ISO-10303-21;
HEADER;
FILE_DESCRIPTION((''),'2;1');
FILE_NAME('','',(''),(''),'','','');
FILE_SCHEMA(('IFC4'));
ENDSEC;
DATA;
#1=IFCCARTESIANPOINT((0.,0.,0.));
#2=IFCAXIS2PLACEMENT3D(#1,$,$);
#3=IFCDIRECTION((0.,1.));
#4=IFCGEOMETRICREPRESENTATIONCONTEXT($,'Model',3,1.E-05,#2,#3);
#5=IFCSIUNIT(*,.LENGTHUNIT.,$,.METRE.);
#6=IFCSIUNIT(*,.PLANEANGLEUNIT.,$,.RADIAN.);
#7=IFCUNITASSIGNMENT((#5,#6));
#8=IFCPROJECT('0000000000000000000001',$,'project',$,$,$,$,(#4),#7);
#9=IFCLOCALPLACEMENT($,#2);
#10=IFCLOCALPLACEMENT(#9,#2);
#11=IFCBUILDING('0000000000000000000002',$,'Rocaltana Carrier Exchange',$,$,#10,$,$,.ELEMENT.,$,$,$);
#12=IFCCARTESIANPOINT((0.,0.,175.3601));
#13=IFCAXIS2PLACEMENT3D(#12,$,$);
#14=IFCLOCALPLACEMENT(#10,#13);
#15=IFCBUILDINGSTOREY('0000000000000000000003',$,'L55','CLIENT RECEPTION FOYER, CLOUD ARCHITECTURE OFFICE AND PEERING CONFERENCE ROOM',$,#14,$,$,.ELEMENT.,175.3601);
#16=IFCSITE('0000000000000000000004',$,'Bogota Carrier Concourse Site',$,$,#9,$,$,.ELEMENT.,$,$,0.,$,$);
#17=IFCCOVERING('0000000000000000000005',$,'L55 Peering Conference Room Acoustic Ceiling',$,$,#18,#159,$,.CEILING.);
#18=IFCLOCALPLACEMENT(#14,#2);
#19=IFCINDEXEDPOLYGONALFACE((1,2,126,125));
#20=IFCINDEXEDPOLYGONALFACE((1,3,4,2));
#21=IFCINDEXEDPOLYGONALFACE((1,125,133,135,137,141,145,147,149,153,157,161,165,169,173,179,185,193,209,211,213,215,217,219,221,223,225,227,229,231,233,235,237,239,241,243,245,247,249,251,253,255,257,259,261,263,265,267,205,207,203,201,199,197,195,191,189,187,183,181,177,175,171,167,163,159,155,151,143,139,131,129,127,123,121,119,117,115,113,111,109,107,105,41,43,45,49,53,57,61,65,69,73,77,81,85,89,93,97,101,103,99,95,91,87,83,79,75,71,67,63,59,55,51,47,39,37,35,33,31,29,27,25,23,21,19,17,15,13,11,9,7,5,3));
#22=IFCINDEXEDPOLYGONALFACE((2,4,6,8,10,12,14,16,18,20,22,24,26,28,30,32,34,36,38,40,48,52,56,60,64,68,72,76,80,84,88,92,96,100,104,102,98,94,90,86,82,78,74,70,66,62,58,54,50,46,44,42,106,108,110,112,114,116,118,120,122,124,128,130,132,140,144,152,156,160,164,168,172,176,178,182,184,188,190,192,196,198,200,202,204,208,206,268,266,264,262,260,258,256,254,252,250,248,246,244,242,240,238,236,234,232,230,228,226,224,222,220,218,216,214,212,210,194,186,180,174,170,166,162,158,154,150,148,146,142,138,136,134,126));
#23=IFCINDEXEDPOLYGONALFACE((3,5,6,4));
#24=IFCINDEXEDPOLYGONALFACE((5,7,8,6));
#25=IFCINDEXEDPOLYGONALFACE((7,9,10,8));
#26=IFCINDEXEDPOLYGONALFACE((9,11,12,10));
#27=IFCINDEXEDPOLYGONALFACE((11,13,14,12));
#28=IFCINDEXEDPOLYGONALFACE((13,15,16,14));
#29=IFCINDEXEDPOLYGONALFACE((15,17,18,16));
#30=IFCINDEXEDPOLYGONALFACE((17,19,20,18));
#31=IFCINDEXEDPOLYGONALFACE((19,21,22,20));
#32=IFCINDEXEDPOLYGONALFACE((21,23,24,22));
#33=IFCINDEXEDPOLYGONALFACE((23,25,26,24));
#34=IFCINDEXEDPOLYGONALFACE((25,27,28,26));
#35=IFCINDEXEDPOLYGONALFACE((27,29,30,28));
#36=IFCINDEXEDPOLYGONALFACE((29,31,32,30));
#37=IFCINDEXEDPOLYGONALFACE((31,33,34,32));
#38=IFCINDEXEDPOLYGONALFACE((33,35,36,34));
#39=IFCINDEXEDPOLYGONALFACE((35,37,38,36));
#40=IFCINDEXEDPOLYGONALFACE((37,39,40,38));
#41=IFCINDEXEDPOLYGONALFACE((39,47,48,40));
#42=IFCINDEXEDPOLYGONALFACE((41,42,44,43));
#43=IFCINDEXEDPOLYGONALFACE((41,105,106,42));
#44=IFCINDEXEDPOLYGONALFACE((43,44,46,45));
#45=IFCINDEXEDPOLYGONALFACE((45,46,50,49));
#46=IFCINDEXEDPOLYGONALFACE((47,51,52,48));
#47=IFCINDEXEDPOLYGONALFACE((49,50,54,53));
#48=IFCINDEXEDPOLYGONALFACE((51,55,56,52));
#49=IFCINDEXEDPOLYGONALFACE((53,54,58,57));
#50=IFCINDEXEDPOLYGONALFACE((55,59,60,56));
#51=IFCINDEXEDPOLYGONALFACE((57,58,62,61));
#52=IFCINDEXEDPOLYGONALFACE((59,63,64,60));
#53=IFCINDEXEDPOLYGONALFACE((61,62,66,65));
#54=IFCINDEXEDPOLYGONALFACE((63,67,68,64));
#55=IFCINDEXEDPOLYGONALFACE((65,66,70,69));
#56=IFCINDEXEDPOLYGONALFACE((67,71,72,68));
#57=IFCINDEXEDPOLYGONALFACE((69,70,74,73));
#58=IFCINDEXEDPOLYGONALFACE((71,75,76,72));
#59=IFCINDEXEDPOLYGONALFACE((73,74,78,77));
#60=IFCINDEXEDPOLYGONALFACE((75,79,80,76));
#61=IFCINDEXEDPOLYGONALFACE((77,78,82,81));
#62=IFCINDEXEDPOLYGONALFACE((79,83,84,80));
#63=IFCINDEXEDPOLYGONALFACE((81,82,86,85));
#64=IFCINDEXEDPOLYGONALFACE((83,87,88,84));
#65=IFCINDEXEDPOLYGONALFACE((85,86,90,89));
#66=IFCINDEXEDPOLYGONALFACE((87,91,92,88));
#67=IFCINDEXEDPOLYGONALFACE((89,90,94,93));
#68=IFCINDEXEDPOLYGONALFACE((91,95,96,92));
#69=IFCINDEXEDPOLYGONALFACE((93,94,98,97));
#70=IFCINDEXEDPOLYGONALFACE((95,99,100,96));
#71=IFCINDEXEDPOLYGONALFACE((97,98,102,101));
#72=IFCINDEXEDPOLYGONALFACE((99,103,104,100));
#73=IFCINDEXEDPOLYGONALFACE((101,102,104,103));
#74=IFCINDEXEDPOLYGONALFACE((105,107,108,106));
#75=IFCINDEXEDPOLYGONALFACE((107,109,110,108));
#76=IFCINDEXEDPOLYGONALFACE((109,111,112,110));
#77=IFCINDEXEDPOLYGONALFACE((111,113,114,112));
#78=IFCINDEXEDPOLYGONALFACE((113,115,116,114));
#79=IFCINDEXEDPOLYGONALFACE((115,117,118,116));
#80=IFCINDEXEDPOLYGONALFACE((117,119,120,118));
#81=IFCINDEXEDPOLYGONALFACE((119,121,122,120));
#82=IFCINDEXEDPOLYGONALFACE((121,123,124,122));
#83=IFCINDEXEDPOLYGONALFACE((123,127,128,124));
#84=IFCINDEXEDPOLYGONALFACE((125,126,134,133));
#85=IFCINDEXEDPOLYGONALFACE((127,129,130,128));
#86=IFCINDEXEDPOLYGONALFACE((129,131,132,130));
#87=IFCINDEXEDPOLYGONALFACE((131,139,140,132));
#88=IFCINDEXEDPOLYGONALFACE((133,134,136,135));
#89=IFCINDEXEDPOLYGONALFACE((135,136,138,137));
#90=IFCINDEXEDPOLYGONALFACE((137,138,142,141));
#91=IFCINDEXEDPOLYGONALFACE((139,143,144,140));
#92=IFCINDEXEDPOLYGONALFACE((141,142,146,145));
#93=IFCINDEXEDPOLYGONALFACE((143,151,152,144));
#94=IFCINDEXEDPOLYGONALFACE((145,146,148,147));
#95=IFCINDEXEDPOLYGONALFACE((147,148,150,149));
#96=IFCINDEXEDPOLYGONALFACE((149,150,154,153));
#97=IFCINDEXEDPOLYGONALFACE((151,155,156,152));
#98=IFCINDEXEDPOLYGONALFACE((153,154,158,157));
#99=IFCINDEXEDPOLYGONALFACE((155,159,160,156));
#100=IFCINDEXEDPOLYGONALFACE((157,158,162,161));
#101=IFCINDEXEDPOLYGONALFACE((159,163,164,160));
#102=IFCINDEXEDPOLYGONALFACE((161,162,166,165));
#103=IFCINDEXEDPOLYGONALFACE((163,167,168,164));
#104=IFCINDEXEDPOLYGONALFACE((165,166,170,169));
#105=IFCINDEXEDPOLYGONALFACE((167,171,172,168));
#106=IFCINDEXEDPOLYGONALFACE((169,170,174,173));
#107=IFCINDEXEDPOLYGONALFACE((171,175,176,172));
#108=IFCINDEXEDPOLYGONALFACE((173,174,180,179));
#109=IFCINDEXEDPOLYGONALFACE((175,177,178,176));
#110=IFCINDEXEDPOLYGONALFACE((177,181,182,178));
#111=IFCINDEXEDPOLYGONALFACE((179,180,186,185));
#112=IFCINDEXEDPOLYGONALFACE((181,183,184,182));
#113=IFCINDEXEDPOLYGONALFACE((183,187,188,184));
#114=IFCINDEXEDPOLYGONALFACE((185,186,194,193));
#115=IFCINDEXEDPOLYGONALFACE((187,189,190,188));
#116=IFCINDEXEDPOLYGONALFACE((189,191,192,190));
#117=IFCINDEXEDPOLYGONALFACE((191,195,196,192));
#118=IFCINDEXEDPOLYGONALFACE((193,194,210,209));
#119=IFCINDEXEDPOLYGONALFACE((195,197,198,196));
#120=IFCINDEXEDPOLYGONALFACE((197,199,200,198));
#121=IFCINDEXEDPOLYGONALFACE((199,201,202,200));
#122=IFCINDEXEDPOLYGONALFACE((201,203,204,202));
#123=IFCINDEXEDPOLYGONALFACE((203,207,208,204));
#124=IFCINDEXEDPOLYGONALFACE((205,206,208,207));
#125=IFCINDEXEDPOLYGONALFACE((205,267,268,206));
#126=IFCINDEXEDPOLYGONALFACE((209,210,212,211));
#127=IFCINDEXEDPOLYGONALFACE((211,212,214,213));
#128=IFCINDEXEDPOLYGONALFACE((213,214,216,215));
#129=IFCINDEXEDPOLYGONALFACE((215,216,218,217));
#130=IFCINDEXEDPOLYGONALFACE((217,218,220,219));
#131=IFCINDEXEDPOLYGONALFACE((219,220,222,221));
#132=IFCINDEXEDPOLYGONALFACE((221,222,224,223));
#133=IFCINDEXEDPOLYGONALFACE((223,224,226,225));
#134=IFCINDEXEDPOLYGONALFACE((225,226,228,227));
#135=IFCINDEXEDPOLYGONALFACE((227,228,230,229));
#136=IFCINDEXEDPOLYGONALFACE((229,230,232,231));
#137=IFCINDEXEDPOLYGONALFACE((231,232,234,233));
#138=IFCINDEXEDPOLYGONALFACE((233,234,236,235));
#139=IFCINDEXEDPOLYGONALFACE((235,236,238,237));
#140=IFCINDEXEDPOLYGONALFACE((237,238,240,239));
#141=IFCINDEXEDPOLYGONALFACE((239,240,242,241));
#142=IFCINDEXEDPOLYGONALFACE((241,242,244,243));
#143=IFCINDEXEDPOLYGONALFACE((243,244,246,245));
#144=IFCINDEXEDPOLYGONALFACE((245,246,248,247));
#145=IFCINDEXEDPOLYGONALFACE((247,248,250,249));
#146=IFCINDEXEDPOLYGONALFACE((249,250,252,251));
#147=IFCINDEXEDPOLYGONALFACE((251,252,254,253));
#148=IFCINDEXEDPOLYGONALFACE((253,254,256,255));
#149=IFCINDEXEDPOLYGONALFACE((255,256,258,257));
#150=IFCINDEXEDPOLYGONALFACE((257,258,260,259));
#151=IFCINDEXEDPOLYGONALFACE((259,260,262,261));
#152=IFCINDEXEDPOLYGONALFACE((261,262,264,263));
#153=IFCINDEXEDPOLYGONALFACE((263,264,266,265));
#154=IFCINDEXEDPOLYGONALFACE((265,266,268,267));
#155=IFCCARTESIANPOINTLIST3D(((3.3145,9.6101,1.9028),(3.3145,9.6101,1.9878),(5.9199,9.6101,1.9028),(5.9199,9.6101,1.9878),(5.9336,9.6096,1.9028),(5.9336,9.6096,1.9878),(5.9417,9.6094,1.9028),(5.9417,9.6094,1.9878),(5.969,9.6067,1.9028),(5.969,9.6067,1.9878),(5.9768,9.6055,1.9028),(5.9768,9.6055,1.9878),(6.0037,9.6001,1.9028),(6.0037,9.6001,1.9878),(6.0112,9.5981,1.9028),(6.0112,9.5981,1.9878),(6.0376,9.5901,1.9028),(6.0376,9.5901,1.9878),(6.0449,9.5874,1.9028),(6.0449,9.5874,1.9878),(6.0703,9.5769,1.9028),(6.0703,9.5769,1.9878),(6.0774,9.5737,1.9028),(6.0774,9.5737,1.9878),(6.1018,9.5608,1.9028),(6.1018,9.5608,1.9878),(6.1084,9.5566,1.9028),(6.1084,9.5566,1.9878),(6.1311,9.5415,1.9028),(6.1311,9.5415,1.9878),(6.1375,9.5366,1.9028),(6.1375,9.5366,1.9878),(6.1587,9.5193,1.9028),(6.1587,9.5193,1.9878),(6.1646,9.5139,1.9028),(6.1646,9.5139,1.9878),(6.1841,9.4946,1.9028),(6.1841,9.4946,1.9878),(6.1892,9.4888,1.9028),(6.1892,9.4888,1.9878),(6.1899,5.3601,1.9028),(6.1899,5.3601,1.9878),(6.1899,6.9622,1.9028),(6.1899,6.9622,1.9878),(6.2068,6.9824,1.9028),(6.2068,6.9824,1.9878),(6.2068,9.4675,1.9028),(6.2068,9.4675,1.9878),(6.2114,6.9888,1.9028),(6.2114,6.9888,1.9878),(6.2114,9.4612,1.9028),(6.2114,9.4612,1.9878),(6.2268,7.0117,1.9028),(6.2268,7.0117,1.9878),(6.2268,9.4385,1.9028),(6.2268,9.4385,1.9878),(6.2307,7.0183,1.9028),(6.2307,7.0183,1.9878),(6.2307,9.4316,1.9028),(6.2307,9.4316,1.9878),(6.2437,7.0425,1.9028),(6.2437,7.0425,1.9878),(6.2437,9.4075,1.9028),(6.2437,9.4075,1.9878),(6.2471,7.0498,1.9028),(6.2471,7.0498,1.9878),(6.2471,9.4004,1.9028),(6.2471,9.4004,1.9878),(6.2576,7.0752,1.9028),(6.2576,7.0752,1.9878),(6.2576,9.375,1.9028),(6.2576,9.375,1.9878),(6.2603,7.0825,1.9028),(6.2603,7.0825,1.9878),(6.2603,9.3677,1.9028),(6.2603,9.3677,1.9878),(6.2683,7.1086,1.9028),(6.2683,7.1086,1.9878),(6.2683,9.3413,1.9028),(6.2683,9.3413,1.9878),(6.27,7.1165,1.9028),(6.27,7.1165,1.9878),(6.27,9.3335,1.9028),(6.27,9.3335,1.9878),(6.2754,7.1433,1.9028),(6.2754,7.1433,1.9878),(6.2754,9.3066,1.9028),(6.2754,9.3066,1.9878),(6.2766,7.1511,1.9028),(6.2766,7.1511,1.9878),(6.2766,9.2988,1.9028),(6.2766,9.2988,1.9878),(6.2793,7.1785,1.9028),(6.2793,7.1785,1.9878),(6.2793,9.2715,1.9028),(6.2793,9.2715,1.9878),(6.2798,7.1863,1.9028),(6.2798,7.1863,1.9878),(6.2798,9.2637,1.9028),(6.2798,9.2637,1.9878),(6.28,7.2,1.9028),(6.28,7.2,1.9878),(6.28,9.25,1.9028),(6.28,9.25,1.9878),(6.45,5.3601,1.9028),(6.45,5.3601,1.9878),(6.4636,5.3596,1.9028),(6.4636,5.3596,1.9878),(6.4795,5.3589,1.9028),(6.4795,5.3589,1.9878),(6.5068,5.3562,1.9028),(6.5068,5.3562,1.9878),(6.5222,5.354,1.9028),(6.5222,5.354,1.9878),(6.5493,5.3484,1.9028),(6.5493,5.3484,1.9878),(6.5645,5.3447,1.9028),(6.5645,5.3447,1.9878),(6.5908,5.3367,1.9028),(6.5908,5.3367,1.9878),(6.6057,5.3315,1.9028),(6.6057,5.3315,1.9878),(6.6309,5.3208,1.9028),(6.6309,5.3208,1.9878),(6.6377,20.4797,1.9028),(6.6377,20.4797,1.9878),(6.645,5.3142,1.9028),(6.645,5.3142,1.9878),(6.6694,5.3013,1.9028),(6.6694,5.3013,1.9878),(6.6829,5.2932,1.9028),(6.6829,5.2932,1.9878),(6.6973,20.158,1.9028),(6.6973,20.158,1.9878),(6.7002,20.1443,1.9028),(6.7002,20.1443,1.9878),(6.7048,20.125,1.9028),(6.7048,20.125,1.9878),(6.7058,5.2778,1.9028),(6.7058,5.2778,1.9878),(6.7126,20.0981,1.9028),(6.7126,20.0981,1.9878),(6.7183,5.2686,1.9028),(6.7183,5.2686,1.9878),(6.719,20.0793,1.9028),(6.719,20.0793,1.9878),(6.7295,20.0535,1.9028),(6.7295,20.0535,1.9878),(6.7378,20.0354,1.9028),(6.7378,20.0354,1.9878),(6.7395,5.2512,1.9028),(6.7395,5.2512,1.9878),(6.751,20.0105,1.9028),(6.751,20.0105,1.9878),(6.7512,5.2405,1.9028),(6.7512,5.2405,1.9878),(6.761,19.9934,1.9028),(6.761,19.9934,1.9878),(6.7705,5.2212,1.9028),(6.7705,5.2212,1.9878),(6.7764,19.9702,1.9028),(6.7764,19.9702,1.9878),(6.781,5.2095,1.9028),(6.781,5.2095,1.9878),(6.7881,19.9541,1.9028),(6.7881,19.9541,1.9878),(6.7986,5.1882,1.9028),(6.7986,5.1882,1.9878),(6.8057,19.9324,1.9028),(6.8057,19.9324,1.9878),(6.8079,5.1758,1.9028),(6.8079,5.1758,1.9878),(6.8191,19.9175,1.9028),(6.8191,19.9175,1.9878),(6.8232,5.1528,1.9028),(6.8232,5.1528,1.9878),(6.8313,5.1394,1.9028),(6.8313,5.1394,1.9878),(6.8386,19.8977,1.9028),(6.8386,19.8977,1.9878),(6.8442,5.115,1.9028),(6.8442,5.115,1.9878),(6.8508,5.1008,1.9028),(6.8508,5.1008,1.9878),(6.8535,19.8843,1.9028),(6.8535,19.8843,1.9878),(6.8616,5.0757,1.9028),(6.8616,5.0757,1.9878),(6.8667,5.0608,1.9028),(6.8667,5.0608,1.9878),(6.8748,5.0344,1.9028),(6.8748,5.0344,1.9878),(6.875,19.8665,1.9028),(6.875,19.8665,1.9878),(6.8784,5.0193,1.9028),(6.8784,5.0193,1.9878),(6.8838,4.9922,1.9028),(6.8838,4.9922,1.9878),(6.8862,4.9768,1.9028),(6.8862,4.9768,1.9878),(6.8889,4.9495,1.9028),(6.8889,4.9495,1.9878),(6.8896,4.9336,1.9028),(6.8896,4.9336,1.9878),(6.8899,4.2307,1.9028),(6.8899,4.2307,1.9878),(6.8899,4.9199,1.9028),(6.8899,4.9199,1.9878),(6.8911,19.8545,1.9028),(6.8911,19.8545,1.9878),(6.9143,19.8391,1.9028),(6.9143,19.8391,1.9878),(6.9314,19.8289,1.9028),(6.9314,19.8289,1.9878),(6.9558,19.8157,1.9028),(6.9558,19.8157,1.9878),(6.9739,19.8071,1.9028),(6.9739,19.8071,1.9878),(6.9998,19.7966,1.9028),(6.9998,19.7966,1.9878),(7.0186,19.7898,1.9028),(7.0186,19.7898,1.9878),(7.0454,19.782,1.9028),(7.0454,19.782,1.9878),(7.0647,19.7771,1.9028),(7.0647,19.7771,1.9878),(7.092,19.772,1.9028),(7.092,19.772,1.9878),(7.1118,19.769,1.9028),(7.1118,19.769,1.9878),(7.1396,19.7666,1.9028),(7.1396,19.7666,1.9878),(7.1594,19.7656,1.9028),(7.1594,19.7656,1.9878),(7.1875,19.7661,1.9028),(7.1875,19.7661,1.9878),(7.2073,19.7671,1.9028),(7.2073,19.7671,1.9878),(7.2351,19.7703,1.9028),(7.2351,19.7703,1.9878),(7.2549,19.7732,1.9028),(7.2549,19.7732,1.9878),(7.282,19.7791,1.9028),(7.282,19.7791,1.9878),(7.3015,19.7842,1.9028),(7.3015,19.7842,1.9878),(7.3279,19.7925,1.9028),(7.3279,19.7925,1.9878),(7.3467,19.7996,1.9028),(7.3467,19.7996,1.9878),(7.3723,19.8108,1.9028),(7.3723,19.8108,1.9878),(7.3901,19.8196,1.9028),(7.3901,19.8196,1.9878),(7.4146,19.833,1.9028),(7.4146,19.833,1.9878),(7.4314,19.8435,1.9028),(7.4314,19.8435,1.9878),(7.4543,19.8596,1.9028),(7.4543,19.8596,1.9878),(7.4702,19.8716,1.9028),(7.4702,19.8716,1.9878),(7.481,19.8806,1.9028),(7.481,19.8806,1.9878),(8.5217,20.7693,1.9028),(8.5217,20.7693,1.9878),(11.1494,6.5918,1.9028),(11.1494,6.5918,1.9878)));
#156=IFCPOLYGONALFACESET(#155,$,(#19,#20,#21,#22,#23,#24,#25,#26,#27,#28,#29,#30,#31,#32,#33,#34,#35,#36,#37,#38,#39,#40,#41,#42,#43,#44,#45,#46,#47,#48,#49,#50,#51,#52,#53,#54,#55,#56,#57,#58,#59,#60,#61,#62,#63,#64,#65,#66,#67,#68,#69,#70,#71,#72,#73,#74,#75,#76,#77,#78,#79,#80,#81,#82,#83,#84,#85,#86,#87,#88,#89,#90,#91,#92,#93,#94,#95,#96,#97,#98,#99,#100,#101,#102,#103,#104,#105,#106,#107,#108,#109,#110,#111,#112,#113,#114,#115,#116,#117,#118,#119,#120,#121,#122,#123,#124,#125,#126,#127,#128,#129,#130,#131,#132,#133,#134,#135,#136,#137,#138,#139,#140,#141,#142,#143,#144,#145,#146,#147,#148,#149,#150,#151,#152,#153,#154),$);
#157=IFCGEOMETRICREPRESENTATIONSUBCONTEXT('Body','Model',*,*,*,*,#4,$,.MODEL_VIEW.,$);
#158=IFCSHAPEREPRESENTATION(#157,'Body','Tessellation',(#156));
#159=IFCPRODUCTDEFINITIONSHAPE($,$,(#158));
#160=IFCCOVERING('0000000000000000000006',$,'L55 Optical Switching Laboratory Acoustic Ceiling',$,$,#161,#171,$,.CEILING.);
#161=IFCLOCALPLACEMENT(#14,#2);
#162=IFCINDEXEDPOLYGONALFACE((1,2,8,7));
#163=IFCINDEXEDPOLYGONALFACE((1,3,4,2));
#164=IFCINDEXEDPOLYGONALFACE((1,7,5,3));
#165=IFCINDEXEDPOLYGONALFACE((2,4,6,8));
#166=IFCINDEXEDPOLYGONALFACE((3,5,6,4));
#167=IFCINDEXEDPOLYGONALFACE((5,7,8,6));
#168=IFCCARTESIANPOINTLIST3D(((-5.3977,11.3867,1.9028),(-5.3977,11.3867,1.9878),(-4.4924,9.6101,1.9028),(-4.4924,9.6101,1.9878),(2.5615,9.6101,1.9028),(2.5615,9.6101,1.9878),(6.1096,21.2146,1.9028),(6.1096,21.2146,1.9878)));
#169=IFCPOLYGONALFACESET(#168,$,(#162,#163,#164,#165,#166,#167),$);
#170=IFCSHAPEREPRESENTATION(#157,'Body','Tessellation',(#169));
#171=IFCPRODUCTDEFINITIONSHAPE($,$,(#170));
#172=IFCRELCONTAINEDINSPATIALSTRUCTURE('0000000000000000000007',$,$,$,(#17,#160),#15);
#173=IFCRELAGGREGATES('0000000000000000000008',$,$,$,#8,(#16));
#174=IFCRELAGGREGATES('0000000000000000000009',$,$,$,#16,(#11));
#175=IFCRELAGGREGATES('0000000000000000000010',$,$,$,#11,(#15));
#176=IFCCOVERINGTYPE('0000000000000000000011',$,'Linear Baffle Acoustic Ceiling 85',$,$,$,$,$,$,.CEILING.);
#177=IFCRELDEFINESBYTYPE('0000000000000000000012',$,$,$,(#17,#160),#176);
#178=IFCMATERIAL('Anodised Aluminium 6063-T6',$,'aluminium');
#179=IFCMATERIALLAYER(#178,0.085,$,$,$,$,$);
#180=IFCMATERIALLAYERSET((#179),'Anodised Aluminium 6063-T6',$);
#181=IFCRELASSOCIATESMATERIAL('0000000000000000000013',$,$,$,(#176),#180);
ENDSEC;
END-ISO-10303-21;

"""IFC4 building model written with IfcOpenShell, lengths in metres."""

from ifc_helpers import new_model, si_unit, direction, frame, origin, place, context, subcontext, project, spatial, polyline, outline, extrude, material, layer, layer_set, type_object, element, save


model = new_model("IFC4")

# Units and contexts
model_context = context("Model", 3, precision=1e-05, world=origin(), true_north=direction((0.0, 1.0)))
body_context = subcontext(model_context, "Body", "Model", "MODEL_VIEW")
ifc_project = project(units=[si_unit("LENGTHUNIT", "METRE"), si_unit("PLANEANGLEUNIT", "RADIAN")], contexts=[model_context])

# Site, building, storey
site_placement = place(None, origin())
site = spatial("IfcSite", under=ifc_project, at=site_placement, Name="Bogota Carrier Concourse Site", CompositionType="ELEMENT", RefElevation=0.0)
building_placement = place(site_placement, origin())
building = spatial("IfcBuilding", under=site, at=building_placement, Name="Rocaltana Carrier Exchange", CompositionType="ELEMENT")
storey_placement = place(building_placement, frame((0.0, 0.0, 175.3601)))
storey = spatial("IfcBuildingStorey", under=building, at=storey_placement, Name="L55", Description="CLIENT RECEPTION FOYER, CLOUD ARCHITECTURE OFFICE AND PEERING CONFERENCE ROOM", CompositionType="ELEMENT", Elevation=175.3601)

# Coverings
ifc_material_1 = material(Name="Anodised Aluminium 6063-T6", Category="aluminium")
ifc_layer_1 = layer(ifc_material_1, 0.085)
ifc_layer_set_1 = layer_set([ifc_layer_1], Name="Anodised Aluminium 6063-T6")
covering_type_1 = type_object("IfcCoveringType", Name="Linear Baffle Acoustic Ceiling 85", PredefinedType="CEILING", material=ifc_layer_set_1)
covering_1_placement = place(storey_placement, frame((0.0, 0.0, 1.9028)))
element("IfcCovering", 1, at=covering_1_placement, inside=storey, type_object=covering_type_1, Name="L55 Peering Conference Room Acoustic Ceiling", PredefinedType="CEILING", context=body_context, shape_type="SweptSolid", body=[
    extrude(outline(polyline([(6.1899, 6.9622), (6.2068, 6.9824), (6.2114, 6.9888), (6.2268, 7.0117), (6.2307, 7.0183), (6.2437, 7.0425), (6.2471, 7.0498), (6.2576, 7.0752), (6.2603, 7.0825), (6.2683, 7.1086), (6.27, 7.1165), (6.2754, 7.1433), (6.2766, 7.1511), (6.2793, 7.1785), (6.2798, 7.1863), (6.28, 7.2), (6.28, 9.25), (6.2798, 9.2637), (6.2793, 9.2715), (6.2766, 9.2988), (6.2754, 9.3066), (6.27, 9.3335), (6.2683, 9.3413), (6.2603, 9.3677), (6.2576, 9.375), (6.2471, 9.4004), (6.2437, 9.4075), (6.2307, 9.4316), (6.2268, 9.4385), (6.2114, 9.4612), (6.2068, 9.4675), (6.1892, 9.4888), (6.1841, 9.4946), (6.1646, 9.5139), (6.1587, 9.5193), (6.1375, 9.5366), (6.1311, 9.5415), (6.1084, 9.5566), (6.1018, 9.5608), (6.0774, 9.5737), (6.0703, 9.5769), (6.0449, 9.5874), (6.0376, 9.5901), (6.0112, 9.5981), (6.0037, 9.6001), (5.9768, 9.6055), (5.969, 9.6067), (5.9417, 9.6094), (5.9336, 9.6096), (5.9199, 9.6101), (3.3145, 9.6101), (6.6377, 20.4797), (6.6973, 20.158), (6.7002, 20.1443), (6.7048, 20.125), (6.7126, 20.0981), (6.719, 20.0793), (6.7295, 20.0535), (6.7378, 20.0354), (6.751, 20.0105), (6.761, 19.9934), (6.7764, 19.9702), (6.7881, 19.9541), (6.8057, 19.9324), (6.8191, 19.9175), (6.8386, 19.8977), (6.8535, 19.8843), (6.875, 19.8665), (6.8911, 19.8545), (6.9143, 19.8391), (6.9314, 19.8289), (6.9558, 19.8157), (6.9739, 19.8071), (6.9998, 19.7966), (7.0186, 19.7898), (7.0454, 19.782), (7.0647, 19.7771), (7.092, 19.772), (7.1118, 19.769), (7.1396, 19.7666), (7.1594, 19.7656), (7.1875, 19.7661), (7.2073, 19.7671), (7.2351, 19.7703), (7.2549, 19.7732), (7.282, 19.7791), (7.3015, 19.7842), (7.3279, 19.7925), (7.3467, 19.7996), (7.3723, 19.8108), (7.3901, 19.8196), (7.4146, 19.833), (7.4314, 19.8435), (7.4543, 19.8596), (7.4702, 19.8716), (7.481, 19.8806), (8.5217, 20.7693), (11.1494, 6.5918), (6.8899, 4.2307), (6.8899, 4.9199), (6.8896, 4.9336), (6.8889, 4.9495), (6.8862, 4.9768), (6.8838, 4.9922), (6.8784, 5.0193), (6.8748, 5.0344), (6.8667, 5.0608), (6.8616, 5.0757), (6.8508, 5.1008), (6.8442, 5.115), (6.8313, 5.1394), (6.8232, 5.1528), (6.8079, 5.1758), (6.7986, 5.1882), (6.781, 5.2095), (6.7705, 5.2212), (6.7512, 5.2405), (6.7395, 5.2512), (6.7183, 5.2686), (6.7058, 5.2778), (6.6829, 5.2932), (6.6694, 5.3013), (6.645, 5.3142), (6.6309, 5.3208), (6.6057, 5.3315), (6.5908, 5.3367), (6.5645, 5.3447), (6.5493, 5.3484), (6.5222, 5.354), (6.5068, 5.3562), (6.4795, 5.3589), (6.4636, 5.3596), (6.45, 5.3601), (6.1899, 5.3601), (6.1899, 6.9622)])), origin(), (0.0, 0.0, 1.0), 0.085),
])
covering_2_placement = place(storey_placement, frame((0.0, 0.0, 1.9028)))
element("IfcCovering", 2, at=covering_2_placement, inside=storey, type_object=covering_type_1, Name="L55 Optical Switching Laboratory Acoustic Ceiling", PredefinedType="CEILING", context=body_context, shape_type="SweptSolid", body=[
    extrude(outline(polyline([(6.1096, 21.2146), (2.5615, 9.6101), (-4.4924, 9.6101), (-5.3977, 11.3867), (6.1096, 21.2146)])), origin(), (0.0, 0.0, 1.0), 0.085),
])

save(model, "model.ifc")
